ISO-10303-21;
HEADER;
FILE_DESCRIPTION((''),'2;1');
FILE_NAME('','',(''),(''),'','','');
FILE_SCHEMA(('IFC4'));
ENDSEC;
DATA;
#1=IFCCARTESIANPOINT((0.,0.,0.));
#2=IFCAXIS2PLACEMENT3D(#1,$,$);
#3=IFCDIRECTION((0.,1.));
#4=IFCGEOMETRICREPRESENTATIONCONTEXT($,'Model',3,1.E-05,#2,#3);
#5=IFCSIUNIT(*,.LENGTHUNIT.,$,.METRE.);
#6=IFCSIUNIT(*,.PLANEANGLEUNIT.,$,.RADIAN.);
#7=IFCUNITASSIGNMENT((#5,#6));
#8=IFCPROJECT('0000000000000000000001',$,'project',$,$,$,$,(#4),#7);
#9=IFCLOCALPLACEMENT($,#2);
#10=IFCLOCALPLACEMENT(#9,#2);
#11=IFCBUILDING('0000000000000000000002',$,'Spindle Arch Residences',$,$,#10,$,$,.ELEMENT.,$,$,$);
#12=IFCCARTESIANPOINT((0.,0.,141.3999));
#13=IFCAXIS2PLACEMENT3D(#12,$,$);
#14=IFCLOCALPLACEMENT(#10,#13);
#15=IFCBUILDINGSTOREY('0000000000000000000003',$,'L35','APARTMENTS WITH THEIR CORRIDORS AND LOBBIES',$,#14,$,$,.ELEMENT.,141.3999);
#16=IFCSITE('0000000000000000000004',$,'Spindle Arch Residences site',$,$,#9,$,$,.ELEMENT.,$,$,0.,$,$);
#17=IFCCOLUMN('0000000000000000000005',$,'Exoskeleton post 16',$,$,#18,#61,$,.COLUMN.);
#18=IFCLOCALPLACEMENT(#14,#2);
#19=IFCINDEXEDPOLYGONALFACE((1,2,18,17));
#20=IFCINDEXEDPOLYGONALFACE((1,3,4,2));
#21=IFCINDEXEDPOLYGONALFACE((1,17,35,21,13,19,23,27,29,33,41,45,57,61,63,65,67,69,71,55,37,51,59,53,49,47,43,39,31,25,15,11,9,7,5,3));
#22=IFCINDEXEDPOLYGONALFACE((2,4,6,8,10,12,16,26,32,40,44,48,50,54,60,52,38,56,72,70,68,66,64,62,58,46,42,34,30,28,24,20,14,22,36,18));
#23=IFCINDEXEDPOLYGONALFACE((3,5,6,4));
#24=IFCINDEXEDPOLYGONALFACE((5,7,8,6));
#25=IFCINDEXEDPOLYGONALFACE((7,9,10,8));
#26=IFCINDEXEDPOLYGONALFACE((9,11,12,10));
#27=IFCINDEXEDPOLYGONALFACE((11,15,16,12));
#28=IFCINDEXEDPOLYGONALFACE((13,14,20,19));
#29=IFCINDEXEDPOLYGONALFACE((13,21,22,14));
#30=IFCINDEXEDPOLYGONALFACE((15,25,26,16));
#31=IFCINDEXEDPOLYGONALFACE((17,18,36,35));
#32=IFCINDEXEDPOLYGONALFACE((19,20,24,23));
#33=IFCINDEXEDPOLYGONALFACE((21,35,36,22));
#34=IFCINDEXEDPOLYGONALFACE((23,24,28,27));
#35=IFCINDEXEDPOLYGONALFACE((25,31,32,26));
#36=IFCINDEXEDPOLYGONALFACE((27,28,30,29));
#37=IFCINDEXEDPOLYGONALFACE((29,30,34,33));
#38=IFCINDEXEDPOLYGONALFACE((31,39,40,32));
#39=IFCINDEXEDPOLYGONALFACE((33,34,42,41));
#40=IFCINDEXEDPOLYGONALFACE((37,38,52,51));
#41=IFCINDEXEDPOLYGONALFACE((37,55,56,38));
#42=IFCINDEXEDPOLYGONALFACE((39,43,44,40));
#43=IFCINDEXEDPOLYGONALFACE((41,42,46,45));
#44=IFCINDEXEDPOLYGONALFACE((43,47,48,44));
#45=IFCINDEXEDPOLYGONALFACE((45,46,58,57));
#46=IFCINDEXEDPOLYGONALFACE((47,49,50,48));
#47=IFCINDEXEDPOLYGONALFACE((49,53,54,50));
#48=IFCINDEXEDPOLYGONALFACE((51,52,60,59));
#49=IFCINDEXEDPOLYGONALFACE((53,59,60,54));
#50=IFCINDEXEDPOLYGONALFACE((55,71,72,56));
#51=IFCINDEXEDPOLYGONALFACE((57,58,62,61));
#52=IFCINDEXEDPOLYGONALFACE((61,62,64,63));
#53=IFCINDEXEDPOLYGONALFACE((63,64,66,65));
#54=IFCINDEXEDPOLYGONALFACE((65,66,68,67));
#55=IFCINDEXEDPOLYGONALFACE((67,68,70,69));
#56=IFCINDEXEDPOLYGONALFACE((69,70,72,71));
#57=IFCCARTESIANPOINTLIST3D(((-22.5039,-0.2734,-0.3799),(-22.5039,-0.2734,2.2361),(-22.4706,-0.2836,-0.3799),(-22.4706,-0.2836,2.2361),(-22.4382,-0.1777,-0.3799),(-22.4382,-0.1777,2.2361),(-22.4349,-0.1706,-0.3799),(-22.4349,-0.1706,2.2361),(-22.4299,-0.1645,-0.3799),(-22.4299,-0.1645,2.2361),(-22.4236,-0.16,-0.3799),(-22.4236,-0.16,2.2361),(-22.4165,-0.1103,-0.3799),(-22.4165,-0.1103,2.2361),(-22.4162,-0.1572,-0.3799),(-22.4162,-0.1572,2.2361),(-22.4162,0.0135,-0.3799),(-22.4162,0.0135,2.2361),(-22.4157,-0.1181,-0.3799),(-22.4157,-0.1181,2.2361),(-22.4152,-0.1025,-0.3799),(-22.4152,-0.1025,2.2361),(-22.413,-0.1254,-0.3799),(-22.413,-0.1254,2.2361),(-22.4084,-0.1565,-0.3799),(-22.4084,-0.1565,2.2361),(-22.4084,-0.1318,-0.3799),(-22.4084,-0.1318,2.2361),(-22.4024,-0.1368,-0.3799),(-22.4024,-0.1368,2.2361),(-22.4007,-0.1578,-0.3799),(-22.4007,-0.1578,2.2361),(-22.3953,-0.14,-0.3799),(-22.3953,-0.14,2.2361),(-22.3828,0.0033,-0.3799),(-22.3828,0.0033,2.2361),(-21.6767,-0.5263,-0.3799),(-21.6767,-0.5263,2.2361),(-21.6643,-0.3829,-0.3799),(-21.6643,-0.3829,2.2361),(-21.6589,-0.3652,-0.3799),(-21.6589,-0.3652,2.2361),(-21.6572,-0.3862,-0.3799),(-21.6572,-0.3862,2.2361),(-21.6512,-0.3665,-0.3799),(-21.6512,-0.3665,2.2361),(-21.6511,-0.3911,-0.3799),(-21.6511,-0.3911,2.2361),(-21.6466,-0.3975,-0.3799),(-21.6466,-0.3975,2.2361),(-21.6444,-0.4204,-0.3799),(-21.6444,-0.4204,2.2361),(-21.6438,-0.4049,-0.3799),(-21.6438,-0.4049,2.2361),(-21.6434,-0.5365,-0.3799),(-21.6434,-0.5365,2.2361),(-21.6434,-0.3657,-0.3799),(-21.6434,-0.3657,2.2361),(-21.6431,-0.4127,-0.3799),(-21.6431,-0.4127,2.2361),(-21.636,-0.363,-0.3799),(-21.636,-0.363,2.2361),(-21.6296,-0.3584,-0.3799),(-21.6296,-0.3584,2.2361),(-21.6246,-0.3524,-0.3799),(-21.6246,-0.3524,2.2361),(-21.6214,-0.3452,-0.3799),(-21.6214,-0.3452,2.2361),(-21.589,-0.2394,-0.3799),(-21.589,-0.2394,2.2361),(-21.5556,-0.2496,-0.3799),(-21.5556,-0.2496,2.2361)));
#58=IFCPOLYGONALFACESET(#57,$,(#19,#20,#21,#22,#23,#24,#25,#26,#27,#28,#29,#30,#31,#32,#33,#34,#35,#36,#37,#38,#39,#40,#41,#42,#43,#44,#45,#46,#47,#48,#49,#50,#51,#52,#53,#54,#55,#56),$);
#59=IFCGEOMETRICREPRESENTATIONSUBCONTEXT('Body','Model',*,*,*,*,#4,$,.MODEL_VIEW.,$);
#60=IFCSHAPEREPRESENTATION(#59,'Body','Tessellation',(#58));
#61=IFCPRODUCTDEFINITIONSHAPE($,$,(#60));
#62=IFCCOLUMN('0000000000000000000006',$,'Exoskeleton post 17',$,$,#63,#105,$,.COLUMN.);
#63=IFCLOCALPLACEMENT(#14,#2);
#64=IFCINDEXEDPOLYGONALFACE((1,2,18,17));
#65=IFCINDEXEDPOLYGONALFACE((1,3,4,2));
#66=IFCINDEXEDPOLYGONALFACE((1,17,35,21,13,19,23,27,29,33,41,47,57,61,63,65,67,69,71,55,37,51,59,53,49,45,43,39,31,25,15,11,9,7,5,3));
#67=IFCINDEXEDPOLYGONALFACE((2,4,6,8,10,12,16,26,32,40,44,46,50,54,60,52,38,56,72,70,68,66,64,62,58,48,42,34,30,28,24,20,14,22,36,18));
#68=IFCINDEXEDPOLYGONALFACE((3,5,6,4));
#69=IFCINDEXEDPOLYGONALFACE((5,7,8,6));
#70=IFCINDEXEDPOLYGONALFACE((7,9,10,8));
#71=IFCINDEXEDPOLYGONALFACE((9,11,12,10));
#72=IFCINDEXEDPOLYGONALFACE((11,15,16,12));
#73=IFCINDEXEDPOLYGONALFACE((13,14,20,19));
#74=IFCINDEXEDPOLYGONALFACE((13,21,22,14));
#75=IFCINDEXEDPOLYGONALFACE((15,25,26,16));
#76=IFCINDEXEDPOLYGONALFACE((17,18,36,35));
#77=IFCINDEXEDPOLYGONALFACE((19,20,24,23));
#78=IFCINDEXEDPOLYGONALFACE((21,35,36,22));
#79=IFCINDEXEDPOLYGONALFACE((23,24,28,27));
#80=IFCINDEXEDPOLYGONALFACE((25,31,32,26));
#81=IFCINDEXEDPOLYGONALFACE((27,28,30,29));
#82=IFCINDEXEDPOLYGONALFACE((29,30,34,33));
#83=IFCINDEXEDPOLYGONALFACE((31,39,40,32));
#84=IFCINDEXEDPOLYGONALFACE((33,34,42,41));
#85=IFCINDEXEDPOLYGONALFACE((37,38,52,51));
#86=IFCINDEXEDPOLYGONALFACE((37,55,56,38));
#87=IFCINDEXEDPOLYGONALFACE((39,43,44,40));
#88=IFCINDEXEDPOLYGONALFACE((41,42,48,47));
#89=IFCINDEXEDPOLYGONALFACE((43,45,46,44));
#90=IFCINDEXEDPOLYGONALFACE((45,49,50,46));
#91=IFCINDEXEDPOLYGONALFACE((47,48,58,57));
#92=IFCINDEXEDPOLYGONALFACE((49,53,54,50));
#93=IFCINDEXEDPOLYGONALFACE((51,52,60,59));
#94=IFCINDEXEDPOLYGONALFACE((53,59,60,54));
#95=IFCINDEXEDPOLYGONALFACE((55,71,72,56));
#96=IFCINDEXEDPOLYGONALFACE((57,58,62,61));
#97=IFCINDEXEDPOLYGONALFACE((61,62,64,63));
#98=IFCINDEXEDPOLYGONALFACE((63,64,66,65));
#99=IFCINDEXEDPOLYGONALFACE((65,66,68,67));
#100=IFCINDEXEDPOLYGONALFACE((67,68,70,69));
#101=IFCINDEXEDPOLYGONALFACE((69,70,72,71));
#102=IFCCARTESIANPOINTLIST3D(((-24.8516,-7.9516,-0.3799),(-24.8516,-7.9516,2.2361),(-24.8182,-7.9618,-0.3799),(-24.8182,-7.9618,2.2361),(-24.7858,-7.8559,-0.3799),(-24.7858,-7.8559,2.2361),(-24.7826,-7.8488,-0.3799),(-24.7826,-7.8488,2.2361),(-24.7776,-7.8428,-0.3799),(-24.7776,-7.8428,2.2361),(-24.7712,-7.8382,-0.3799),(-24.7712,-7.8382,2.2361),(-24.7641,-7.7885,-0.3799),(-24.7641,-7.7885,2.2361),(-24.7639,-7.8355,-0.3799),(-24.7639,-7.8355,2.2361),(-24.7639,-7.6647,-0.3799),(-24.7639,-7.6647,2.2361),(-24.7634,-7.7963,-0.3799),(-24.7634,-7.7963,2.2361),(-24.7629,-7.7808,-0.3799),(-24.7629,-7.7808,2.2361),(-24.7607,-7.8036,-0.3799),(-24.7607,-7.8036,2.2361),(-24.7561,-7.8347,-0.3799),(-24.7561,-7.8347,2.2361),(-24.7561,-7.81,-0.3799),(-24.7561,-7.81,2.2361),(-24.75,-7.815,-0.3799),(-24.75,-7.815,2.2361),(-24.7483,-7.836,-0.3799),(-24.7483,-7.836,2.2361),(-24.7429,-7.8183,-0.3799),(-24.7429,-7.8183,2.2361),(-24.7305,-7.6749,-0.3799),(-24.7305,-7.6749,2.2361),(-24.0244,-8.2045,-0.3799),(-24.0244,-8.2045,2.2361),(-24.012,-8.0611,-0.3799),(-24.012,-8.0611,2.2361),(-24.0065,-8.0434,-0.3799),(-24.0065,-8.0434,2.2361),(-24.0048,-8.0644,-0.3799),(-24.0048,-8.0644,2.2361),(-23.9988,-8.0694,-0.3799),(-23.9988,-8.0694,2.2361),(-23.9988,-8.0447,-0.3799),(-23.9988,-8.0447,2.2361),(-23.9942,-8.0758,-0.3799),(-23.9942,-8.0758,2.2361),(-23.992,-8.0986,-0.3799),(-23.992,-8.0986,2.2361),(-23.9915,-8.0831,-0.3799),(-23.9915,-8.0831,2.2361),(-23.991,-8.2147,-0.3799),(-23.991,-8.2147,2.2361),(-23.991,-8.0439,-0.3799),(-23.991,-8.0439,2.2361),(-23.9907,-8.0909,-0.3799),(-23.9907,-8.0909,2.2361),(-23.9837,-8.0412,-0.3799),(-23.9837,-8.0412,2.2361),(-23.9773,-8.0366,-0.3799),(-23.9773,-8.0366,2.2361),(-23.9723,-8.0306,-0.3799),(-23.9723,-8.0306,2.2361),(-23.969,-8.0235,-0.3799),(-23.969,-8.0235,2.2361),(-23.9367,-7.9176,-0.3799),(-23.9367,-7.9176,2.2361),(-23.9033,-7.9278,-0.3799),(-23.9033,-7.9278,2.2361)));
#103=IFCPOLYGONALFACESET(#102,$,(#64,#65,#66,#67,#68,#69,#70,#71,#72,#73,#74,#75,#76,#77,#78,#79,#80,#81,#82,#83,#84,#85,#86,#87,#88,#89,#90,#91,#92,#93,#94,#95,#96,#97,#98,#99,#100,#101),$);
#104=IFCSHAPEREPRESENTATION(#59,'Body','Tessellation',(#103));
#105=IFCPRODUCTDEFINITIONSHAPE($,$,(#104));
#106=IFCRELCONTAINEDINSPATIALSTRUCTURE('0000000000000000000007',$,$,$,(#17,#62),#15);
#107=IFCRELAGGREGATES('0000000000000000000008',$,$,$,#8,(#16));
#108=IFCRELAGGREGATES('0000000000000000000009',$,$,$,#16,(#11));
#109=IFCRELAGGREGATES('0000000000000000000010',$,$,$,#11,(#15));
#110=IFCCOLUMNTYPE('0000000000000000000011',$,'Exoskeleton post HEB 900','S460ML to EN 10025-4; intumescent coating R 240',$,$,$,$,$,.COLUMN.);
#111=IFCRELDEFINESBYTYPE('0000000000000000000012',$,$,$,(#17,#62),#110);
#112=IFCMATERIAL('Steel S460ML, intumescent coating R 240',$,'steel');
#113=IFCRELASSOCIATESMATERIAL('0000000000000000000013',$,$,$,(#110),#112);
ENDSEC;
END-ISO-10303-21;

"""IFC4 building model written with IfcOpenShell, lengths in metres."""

from ifc_helpers import new_model, si_unit, direction, frame, origin, origin_2d, place, context, subcontext, project, spatial, i_section, extrude, material, material_profile, profile_set, type_object, element, save


model = new_model("IFC4")

# Units and contexts
model_context = context("Model", 3, precision=1e-05, world=origin(), true_north=direction((0.0, 1.0)))
body_context = subcontext(model_context, "Body", "Model", "MODEL_VIEW")
ifc_project = project(units=[si_unit("LENGTHUNIT", "METRE"), si_unit("PLANEANGLEUNIT", "RADIAN")], contexts=[model_context])

# Site, building, storey
site_placement = place(None, origin())
site = spatial("IfcSite", under=ifc_project, at=site_placement, Name="Spindle Arch Residences site", CompositionType="ELEMENT", RefElevation=0.0)
building_placement = place(site_placement, origin())
building = spatial("IfcBuilding", under=site, at=building_placement, Name="Spindle Arch Residences", CompositionType="ELEMENT")
storey_placement = place(building_placement, frame((0.0, 0.0, 141.3999)))
storey = spatial("IfcBuildingStorey", under=building, at=storey_placement, Name="L35", Description="APARTMENTS WITH THEIR CORRIDORS AND LOBBIES", CompositionType="ELEMENT", Elevation=141.3999)

# Columns
ifc_material_1 = material(Name="Steel S460ML, intumescent coating R 240", Category="steel")
ifc_material_profile_1 = material_profile(ifc_material_1, i_section(OverallWidth=0.3, OverallDepth=0.8999, WebThickness=0.0186, FlangeThickness=0.0349, FilletRadius=0.03, at=origin_2d()), Name="HEB 900")
ifc_profile_set_1 = profile_set([ifc_material_profile_1], Name="Steel S460ML, intumescent coating R 240")
column_type_1 = type_object("IfcColumnType", Name="Exoskeleton post HEB 900", Description="S460ML to EN 10025-4; intumescent coating R 240", PredefinedType="COLUMN", material=ifc_profile_set_1)
for number, where, z_axis, x_axis, name in (
    (1, (-22.0298, -0.2615, -0.3799), (0.0, 0.0, 1.0), (0.292372, 0.956305, 0.0), "Exoskeleton post 16"),
    (2, (-24.3774, -7.9397, -0.3799), (0.0, 0.0, 1.0), (0.292372, 0.956305, 0.0), "Exoskeleton post 17"),
):
    element("IfcColumn", number, at=place(storey_placement, frame(where, z_axis=z_axis, x_axis=x_axis)), inside=storey, type_object=column_type_1, Name=name, PredefinedType="COLUMN", context=body_context, shape_type="SweptSolid", body=[
        extrude(i_section(OverallWidth=0.3, OverallDepth=0.8999, WebThickness=0.0186, FlangeThickness=0.0349, FilletRadius=0.03, at=origin_2d()), origin(), (0.0, 0.0, 1.0), 2.616),
    ])

save(model, "model.ifc")
